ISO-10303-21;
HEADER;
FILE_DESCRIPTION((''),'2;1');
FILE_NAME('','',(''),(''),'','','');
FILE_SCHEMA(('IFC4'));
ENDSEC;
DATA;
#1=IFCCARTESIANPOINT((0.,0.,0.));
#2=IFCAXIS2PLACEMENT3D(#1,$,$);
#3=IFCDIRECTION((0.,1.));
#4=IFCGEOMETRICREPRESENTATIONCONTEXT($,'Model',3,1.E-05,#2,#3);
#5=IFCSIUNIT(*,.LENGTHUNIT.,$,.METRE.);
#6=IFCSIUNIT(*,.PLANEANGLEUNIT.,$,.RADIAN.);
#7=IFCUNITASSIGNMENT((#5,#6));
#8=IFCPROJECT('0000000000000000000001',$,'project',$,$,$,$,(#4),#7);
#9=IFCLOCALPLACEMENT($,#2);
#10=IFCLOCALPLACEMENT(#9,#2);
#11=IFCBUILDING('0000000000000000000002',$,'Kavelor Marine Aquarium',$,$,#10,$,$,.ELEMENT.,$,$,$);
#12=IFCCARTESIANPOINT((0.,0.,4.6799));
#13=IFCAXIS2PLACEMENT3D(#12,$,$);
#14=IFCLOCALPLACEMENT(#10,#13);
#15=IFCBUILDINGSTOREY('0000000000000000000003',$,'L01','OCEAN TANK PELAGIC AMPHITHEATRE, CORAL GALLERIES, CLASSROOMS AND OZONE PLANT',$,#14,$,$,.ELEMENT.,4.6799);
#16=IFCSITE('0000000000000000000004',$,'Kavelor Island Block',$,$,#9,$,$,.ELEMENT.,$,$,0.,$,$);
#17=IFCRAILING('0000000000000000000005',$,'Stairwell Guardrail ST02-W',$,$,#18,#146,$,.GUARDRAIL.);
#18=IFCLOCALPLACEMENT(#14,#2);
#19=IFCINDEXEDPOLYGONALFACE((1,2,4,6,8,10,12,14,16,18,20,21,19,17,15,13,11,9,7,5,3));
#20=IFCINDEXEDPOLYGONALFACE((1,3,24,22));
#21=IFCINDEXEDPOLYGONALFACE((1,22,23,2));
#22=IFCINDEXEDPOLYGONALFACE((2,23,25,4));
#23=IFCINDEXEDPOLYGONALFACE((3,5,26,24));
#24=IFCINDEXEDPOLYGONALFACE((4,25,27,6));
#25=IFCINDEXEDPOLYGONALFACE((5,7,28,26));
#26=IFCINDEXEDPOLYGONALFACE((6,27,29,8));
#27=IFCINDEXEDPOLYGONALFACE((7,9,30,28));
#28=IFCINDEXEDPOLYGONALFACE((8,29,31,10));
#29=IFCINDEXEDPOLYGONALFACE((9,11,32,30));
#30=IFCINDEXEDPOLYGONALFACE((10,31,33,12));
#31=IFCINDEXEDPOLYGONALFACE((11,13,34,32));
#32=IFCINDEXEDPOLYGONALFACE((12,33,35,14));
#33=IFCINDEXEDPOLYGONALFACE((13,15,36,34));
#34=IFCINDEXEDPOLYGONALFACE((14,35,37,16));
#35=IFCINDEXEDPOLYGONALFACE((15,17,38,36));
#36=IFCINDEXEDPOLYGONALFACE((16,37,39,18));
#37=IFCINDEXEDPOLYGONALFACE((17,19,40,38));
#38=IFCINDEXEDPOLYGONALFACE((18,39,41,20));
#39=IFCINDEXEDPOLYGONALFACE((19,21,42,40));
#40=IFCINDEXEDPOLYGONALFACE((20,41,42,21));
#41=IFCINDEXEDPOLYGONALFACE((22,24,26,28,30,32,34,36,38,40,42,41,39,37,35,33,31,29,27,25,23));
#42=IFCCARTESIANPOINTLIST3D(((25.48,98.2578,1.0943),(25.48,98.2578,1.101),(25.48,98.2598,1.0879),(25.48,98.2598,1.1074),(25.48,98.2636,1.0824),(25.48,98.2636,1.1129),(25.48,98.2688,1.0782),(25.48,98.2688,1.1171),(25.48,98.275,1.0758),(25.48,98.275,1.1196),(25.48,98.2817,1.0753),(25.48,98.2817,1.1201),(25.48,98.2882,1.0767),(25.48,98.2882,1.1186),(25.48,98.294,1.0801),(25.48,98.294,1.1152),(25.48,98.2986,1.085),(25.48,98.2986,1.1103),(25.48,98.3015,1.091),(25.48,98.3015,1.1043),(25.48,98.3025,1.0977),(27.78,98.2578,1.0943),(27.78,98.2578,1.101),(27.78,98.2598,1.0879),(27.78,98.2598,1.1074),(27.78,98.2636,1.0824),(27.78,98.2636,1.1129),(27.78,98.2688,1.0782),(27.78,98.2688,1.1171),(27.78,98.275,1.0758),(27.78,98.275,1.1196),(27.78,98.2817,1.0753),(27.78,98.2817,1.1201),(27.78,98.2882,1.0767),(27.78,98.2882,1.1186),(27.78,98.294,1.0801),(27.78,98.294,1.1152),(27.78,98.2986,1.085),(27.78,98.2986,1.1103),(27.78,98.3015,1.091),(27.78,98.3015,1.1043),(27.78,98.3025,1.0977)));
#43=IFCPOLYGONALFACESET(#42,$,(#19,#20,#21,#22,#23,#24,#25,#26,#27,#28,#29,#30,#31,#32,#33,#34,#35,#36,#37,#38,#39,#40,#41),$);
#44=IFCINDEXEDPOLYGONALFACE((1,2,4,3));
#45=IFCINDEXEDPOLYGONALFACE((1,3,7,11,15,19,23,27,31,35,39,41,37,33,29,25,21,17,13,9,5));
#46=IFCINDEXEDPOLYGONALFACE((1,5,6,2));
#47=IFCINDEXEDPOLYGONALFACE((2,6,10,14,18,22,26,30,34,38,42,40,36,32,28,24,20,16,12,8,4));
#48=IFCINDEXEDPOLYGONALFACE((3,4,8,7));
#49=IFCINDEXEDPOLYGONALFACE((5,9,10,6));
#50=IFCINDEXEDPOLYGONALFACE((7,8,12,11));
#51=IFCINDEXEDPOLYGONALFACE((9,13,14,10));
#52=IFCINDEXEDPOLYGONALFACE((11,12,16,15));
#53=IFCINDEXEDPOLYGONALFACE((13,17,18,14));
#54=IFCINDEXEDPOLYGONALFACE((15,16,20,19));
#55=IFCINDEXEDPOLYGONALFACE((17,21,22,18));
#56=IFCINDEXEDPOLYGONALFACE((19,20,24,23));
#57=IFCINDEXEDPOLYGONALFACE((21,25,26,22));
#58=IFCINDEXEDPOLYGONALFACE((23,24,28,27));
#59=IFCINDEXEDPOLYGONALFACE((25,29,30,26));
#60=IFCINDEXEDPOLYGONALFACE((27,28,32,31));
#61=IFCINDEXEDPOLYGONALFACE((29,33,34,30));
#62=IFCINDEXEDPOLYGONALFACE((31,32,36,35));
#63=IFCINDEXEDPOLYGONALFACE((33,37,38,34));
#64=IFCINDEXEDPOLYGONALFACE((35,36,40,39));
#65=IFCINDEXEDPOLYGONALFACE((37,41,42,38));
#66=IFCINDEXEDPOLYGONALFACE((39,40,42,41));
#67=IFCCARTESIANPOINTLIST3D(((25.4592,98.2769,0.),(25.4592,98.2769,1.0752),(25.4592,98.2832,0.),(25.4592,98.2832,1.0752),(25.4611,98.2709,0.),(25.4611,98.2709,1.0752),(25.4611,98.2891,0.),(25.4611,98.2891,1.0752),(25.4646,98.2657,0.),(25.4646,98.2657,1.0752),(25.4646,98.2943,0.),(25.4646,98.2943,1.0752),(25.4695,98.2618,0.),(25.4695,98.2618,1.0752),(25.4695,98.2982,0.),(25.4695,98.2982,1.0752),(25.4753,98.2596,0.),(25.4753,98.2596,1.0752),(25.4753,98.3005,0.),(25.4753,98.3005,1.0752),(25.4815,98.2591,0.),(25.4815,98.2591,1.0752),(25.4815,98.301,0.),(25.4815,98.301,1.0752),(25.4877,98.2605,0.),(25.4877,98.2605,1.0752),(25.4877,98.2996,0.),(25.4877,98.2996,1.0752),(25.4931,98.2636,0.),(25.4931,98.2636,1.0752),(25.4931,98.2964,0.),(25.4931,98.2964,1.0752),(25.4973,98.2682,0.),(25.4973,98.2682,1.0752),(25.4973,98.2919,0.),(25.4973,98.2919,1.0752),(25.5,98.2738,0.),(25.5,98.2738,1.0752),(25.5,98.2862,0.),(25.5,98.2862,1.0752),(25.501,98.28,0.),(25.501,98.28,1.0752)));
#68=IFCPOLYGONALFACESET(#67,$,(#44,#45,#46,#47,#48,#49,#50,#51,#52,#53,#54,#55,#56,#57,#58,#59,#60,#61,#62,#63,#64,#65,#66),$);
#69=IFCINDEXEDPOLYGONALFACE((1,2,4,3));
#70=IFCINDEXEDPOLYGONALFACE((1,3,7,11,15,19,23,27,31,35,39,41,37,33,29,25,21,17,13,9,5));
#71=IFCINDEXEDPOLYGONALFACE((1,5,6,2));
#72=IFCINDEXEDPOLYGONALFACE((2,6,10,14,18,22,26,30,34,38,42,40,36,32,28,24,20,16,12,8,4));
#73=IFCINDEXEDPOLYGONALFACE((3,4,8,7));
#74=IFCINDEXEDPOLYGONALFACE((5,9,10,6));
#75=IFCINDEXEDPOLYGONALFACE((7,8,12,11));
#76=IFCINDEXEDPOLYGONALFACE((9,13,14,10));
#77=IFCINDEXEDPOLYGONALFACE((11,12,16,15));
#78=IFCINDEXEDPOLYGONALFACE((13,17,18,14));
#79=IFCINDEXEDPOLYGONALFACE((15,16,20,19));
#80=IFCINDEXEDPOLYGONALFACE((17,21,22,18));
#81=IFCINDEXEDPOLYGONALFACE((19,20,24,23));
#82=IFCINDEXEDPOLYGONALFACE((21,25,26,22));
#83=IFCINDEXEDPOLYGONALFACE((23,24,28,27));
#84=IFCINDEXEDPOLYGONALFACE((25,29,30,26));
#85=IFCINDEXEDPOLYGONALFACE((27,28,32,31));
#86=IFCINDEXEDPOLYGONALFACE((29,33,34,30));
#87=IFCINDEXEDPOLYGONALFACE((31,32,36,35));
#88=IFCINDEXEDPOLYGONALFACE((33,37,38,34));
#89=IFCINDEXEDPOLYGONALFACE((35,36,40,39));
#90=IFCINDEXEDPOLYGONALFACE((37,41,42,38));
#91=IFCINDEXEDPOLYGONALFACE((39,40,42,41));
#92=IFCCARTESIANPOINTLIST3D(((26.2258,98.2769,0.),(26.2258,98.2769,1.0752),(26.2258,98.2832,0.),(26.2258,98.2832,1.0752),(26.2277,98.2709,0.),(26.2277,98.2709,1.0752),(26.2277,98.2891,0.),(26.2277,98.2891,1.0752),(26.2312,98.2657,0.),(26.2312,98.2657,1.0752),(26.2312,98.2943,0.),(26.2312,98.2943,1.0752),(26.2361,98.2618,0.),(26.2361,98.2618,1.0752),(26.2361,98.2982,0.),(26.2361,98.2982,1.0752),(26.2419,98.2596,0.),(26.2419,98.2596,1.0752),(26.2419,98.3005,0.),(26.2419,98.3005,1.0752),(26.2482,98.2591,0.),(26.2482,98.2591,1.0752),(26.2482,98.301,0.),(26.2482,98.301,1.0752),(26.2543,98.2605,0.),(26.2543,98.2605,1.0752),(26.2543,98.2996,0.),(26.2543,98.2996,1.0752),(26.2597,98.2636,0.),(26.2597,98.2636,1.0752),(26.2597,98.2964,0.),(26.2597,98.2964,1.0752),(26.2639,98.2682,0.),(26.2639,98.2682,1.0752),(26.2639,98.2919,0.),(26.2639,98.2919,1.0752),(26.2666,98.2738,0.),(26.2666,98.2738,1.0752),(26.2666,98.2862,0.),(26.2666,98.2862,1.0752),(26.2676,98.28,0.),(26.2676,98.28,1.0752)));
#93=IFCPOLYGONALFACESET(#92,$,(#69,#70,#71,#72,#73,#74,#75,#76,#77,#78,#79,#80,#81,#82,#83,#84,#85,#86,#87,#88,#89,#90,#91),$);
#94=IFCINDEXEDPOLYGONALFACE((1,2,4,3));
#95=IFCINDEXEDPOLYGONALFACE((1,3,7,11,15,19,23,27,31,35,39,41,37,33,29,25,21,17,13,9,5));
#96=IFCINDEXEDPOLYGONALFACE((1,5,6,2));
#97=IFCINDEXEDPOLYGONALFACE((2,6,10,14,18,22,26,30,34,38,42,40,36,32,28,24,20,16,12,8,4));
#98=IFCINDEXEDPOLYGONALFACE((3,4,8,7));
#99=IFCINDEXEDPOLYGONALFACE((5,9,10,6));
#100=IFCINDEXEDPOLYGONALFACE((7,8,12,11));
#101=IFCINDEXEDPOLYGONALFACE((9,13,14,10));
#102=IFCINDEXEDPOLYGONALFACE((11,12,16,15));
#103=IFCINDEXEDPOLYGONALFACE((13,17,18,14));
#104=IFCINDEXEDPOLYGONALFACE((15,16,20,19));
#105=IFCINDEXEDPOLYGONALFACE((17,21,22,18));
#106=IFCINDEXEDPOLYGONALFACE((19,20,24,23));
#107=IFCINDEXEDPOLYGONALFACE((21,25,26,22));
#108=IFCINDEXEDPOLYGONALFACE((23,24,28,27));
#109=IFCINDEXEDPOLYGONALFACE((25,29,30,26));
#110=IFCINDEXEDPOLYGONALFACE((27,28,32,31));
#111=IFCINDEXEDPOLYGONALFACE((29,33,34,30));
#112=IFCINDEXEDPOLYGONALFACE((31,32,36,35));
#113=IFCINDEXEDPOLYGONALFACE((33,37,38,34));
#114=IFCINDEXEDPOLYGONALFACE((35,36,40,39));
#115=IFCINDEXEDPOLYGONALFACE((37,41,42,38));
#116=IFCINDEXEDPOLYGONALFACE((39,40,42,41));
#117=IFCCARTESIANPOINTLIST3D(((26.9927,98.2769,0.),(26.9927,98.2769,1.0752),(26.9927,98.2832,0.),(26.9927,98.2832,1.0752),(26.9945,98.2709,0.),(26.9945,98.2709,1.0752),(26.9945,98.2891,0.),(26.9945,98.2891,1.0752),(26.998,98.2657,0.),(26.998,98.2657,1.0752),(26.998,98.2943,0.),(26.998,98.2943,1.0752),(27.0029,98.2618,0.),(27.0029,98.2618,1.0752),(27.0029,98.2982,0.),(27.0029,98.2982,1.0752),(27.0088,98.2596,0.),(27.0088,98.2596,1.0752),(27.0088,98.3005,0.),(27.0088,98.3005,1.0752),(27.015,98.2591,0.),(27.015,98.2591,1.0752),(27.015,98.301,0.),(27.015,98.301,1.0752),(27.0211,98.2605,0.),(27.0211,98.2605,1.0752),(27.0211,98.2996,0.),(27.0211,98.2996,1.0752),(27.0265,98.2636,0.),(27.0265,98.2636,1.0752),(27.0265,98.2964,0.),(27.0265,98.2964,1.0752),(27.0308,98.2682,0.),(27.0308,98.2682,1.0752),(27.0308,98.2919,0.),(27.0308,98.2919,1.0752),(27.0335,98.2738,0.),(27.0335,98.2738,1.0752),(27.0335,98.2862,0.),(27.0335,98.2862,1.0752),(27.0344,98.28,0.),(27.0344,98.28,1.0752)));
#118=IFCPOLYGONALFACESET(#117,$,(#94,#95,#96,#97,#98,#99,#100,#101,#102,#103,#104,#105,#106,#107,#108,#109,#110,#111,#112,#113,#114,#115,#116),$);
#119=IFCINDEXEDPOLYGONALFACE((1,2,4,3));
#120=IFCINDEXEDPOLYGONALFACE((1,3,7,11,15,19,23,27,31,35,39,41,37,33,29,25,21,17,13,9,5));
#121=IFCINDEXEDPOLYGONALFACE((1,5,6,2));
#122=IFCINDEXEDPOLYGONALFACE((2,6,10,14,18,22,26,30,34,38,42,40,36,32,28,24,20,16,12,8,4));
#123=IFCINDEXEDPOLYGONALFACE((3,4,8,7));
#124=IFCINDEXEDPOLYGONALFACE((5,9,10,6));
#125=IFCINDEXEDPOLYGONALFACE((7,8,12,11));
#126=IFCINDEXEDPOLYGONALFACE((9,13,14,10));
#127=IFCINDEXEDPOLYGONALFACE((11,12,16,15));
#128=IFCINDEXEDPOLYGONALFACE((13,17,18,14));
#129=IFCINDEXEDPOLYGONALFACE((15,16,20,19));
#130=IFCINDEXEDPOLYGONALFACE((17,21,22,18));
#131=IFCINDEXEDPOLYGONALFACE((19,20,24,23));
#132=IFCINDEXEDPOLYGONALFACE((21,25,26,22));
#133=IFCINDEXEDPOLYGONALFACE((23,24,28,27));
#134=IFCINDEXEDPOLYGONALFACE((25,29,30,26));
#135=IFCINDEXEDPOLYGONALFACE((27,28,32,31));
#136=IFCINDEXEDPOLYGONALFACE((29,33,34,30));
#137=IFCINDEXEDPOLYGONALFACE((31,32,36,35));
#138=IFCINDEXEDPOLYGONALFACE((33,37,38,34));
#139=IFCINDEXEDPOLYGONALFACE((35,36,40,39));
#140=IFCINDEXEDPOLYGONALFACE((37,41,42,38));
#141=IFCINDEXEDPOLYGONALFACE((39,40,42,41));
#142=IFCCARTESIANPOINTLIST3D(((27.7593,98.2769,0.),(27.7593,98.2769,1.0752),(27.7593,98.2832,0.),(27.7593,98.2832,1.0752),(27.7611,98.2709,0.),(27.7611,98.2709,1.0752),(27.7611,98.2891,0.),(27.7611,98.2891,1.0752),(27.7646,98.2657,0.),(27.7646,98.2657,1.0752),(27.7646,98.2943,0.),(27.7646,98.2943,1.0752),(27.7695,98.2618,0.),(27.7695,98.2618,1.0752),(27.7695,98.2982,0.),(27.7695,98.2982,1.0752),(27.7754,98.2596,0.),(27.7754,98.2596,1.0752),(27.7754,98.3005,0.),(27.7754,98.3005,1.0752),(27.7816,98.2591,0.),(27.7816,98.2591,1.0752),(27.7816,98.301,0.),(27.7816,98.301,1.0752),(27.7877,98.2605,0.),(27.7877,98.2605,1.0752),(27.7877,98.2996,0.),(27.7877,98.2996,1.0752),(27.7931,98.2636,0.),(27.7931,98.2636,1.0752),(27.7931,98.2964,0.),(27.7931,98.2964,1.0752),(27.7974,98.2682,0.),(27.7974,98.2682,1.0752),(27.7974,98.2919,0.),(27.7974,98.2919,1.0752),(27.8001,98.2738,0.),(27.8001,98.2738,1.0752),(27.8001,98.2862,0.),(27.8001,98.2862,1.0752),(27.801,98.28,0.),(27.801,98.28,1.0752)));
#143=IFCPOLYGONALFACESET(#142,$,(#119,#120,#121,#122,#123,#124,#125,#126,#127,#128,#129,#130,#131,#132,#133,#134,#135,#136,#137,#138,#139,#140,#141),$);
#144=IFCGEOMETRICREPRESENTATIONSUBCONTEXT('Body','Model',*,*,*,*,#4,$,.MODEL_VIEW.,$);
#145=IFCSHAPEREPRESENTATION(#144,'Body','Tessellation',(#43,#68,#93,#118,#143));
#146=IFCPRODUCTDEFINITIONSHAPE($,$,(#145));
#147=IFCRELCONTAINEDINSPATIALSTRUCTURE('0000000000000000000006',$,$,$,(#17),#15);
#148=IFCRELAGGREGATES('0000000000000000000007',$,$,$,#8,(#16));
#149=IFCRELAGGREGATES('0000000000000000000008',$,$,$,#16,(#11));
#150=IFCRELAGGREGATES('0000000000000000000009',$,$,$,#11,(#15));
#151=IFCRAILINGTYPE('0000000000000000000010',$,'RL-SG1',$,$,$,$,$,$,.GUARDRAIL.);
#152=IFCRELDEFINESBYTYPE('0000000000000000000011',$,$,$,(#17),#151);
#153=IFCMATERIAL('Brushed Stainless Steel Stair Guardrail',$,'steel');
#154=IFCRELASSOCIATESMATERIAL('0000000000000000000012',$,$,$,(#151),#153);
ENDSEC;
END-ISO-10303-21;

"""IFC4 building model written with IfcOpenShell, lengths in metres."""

from ifc_helpers import new_model, si_unit, direction, frame, origin, origin_2d, place, context, subcontext, project, spatial, circle, extrude, material, type_object, element, save


model = new_model("IFC4")

# Units and contexts
model_context = context("Model", 3, precision=1e-05, world=origin(), true_north=direction((0.0, 1.0)))
body_context = subcontext(model_context, "Body", "Model", "MODEL_VIEW")
ifc_project = project(units=[si_unit("LENGTHUNIT", "METRE"), si_unit("PLANEANGLEUNIT", "RADIAN")], contexts=[model_context])

# Site, building, storey
site_placement = place(None, origin())
site = spatial("IfcSite", under=ifc_project, at=site_placement, Name="Kavelor Island Block", CompositionType="ELEMENT", RefElevation=0.0)
building_placement = place(site_placement, origin())
building = spatial("IfcBuilding", under=site, at=building_placement, Name="Kavelor Marine Aquarium", CompositionType="ELEMENT")
storey_placement = place(building_placement, frame((0.0, 0.0, 4.6799)))
storey = spatial("IfcBuildingStorey", under=building, at=storey_placement, Name="L01", Description="OCEAN TANK PELAGIC AMPHITHEATRE, CORAL GALLERIES, CLASSROOMS AND OZONE PLANT", CompositionType="ELEMENT", Elevation=4.6799)

# Railing
ifc_material_1 = material(Name="Brushed Stainless Steel Stair Guardrail", Category="steel")
railing_type_1 = type_object("IfcRailingType", Name="RL-SG1", PredefinedType="GUARDRAIL", material=ifc_material_1)
railing_1_placement = place(storey_placement, frame((25.48, 98.28, 0.0)))
element("IfcRailing", 1, at=railing_1_placement, inside=storey, type_object=railing_type_1, Name="Stairwell Guardrail ST02-W", PredefinedType="GUARDRAIL", context=body_context, shape_type="SweptSolid", body=[
    extrude(circle(Radius=0.0225, at=origin_2d()), frame((0.0, 0.0, 1.0977), z_axis=(1.0, 0.0, 0.0), x_axis=(0.0, 1.0, 0.0)), (0.0, 0.0, 1.0), 2.3),
    extrude(circle(Radius=0.021, at=origin_2d()), origin(), (0.0, 0.0, 1.0), 1.0752),
    extrude(circle(Radius=0.021, at=origin_2d()), frame((0.7666, 0.0, 0.0)), (0.0, 0.0, 1.0), 1.0752),
    extrude(circle(Radius=0.021, at=origin_2d()), frame((1.5334, 0.0, 0.0)), (0.0, 0.0, 1.0), 1.0752),
    extrude(circle(Radius=0.021, at=origin_2d()), frame((2.3, 0.0, 0.0)), (0.0, 0.0, 1.0), 1.0752),
])

save(model, "model.ifc")
